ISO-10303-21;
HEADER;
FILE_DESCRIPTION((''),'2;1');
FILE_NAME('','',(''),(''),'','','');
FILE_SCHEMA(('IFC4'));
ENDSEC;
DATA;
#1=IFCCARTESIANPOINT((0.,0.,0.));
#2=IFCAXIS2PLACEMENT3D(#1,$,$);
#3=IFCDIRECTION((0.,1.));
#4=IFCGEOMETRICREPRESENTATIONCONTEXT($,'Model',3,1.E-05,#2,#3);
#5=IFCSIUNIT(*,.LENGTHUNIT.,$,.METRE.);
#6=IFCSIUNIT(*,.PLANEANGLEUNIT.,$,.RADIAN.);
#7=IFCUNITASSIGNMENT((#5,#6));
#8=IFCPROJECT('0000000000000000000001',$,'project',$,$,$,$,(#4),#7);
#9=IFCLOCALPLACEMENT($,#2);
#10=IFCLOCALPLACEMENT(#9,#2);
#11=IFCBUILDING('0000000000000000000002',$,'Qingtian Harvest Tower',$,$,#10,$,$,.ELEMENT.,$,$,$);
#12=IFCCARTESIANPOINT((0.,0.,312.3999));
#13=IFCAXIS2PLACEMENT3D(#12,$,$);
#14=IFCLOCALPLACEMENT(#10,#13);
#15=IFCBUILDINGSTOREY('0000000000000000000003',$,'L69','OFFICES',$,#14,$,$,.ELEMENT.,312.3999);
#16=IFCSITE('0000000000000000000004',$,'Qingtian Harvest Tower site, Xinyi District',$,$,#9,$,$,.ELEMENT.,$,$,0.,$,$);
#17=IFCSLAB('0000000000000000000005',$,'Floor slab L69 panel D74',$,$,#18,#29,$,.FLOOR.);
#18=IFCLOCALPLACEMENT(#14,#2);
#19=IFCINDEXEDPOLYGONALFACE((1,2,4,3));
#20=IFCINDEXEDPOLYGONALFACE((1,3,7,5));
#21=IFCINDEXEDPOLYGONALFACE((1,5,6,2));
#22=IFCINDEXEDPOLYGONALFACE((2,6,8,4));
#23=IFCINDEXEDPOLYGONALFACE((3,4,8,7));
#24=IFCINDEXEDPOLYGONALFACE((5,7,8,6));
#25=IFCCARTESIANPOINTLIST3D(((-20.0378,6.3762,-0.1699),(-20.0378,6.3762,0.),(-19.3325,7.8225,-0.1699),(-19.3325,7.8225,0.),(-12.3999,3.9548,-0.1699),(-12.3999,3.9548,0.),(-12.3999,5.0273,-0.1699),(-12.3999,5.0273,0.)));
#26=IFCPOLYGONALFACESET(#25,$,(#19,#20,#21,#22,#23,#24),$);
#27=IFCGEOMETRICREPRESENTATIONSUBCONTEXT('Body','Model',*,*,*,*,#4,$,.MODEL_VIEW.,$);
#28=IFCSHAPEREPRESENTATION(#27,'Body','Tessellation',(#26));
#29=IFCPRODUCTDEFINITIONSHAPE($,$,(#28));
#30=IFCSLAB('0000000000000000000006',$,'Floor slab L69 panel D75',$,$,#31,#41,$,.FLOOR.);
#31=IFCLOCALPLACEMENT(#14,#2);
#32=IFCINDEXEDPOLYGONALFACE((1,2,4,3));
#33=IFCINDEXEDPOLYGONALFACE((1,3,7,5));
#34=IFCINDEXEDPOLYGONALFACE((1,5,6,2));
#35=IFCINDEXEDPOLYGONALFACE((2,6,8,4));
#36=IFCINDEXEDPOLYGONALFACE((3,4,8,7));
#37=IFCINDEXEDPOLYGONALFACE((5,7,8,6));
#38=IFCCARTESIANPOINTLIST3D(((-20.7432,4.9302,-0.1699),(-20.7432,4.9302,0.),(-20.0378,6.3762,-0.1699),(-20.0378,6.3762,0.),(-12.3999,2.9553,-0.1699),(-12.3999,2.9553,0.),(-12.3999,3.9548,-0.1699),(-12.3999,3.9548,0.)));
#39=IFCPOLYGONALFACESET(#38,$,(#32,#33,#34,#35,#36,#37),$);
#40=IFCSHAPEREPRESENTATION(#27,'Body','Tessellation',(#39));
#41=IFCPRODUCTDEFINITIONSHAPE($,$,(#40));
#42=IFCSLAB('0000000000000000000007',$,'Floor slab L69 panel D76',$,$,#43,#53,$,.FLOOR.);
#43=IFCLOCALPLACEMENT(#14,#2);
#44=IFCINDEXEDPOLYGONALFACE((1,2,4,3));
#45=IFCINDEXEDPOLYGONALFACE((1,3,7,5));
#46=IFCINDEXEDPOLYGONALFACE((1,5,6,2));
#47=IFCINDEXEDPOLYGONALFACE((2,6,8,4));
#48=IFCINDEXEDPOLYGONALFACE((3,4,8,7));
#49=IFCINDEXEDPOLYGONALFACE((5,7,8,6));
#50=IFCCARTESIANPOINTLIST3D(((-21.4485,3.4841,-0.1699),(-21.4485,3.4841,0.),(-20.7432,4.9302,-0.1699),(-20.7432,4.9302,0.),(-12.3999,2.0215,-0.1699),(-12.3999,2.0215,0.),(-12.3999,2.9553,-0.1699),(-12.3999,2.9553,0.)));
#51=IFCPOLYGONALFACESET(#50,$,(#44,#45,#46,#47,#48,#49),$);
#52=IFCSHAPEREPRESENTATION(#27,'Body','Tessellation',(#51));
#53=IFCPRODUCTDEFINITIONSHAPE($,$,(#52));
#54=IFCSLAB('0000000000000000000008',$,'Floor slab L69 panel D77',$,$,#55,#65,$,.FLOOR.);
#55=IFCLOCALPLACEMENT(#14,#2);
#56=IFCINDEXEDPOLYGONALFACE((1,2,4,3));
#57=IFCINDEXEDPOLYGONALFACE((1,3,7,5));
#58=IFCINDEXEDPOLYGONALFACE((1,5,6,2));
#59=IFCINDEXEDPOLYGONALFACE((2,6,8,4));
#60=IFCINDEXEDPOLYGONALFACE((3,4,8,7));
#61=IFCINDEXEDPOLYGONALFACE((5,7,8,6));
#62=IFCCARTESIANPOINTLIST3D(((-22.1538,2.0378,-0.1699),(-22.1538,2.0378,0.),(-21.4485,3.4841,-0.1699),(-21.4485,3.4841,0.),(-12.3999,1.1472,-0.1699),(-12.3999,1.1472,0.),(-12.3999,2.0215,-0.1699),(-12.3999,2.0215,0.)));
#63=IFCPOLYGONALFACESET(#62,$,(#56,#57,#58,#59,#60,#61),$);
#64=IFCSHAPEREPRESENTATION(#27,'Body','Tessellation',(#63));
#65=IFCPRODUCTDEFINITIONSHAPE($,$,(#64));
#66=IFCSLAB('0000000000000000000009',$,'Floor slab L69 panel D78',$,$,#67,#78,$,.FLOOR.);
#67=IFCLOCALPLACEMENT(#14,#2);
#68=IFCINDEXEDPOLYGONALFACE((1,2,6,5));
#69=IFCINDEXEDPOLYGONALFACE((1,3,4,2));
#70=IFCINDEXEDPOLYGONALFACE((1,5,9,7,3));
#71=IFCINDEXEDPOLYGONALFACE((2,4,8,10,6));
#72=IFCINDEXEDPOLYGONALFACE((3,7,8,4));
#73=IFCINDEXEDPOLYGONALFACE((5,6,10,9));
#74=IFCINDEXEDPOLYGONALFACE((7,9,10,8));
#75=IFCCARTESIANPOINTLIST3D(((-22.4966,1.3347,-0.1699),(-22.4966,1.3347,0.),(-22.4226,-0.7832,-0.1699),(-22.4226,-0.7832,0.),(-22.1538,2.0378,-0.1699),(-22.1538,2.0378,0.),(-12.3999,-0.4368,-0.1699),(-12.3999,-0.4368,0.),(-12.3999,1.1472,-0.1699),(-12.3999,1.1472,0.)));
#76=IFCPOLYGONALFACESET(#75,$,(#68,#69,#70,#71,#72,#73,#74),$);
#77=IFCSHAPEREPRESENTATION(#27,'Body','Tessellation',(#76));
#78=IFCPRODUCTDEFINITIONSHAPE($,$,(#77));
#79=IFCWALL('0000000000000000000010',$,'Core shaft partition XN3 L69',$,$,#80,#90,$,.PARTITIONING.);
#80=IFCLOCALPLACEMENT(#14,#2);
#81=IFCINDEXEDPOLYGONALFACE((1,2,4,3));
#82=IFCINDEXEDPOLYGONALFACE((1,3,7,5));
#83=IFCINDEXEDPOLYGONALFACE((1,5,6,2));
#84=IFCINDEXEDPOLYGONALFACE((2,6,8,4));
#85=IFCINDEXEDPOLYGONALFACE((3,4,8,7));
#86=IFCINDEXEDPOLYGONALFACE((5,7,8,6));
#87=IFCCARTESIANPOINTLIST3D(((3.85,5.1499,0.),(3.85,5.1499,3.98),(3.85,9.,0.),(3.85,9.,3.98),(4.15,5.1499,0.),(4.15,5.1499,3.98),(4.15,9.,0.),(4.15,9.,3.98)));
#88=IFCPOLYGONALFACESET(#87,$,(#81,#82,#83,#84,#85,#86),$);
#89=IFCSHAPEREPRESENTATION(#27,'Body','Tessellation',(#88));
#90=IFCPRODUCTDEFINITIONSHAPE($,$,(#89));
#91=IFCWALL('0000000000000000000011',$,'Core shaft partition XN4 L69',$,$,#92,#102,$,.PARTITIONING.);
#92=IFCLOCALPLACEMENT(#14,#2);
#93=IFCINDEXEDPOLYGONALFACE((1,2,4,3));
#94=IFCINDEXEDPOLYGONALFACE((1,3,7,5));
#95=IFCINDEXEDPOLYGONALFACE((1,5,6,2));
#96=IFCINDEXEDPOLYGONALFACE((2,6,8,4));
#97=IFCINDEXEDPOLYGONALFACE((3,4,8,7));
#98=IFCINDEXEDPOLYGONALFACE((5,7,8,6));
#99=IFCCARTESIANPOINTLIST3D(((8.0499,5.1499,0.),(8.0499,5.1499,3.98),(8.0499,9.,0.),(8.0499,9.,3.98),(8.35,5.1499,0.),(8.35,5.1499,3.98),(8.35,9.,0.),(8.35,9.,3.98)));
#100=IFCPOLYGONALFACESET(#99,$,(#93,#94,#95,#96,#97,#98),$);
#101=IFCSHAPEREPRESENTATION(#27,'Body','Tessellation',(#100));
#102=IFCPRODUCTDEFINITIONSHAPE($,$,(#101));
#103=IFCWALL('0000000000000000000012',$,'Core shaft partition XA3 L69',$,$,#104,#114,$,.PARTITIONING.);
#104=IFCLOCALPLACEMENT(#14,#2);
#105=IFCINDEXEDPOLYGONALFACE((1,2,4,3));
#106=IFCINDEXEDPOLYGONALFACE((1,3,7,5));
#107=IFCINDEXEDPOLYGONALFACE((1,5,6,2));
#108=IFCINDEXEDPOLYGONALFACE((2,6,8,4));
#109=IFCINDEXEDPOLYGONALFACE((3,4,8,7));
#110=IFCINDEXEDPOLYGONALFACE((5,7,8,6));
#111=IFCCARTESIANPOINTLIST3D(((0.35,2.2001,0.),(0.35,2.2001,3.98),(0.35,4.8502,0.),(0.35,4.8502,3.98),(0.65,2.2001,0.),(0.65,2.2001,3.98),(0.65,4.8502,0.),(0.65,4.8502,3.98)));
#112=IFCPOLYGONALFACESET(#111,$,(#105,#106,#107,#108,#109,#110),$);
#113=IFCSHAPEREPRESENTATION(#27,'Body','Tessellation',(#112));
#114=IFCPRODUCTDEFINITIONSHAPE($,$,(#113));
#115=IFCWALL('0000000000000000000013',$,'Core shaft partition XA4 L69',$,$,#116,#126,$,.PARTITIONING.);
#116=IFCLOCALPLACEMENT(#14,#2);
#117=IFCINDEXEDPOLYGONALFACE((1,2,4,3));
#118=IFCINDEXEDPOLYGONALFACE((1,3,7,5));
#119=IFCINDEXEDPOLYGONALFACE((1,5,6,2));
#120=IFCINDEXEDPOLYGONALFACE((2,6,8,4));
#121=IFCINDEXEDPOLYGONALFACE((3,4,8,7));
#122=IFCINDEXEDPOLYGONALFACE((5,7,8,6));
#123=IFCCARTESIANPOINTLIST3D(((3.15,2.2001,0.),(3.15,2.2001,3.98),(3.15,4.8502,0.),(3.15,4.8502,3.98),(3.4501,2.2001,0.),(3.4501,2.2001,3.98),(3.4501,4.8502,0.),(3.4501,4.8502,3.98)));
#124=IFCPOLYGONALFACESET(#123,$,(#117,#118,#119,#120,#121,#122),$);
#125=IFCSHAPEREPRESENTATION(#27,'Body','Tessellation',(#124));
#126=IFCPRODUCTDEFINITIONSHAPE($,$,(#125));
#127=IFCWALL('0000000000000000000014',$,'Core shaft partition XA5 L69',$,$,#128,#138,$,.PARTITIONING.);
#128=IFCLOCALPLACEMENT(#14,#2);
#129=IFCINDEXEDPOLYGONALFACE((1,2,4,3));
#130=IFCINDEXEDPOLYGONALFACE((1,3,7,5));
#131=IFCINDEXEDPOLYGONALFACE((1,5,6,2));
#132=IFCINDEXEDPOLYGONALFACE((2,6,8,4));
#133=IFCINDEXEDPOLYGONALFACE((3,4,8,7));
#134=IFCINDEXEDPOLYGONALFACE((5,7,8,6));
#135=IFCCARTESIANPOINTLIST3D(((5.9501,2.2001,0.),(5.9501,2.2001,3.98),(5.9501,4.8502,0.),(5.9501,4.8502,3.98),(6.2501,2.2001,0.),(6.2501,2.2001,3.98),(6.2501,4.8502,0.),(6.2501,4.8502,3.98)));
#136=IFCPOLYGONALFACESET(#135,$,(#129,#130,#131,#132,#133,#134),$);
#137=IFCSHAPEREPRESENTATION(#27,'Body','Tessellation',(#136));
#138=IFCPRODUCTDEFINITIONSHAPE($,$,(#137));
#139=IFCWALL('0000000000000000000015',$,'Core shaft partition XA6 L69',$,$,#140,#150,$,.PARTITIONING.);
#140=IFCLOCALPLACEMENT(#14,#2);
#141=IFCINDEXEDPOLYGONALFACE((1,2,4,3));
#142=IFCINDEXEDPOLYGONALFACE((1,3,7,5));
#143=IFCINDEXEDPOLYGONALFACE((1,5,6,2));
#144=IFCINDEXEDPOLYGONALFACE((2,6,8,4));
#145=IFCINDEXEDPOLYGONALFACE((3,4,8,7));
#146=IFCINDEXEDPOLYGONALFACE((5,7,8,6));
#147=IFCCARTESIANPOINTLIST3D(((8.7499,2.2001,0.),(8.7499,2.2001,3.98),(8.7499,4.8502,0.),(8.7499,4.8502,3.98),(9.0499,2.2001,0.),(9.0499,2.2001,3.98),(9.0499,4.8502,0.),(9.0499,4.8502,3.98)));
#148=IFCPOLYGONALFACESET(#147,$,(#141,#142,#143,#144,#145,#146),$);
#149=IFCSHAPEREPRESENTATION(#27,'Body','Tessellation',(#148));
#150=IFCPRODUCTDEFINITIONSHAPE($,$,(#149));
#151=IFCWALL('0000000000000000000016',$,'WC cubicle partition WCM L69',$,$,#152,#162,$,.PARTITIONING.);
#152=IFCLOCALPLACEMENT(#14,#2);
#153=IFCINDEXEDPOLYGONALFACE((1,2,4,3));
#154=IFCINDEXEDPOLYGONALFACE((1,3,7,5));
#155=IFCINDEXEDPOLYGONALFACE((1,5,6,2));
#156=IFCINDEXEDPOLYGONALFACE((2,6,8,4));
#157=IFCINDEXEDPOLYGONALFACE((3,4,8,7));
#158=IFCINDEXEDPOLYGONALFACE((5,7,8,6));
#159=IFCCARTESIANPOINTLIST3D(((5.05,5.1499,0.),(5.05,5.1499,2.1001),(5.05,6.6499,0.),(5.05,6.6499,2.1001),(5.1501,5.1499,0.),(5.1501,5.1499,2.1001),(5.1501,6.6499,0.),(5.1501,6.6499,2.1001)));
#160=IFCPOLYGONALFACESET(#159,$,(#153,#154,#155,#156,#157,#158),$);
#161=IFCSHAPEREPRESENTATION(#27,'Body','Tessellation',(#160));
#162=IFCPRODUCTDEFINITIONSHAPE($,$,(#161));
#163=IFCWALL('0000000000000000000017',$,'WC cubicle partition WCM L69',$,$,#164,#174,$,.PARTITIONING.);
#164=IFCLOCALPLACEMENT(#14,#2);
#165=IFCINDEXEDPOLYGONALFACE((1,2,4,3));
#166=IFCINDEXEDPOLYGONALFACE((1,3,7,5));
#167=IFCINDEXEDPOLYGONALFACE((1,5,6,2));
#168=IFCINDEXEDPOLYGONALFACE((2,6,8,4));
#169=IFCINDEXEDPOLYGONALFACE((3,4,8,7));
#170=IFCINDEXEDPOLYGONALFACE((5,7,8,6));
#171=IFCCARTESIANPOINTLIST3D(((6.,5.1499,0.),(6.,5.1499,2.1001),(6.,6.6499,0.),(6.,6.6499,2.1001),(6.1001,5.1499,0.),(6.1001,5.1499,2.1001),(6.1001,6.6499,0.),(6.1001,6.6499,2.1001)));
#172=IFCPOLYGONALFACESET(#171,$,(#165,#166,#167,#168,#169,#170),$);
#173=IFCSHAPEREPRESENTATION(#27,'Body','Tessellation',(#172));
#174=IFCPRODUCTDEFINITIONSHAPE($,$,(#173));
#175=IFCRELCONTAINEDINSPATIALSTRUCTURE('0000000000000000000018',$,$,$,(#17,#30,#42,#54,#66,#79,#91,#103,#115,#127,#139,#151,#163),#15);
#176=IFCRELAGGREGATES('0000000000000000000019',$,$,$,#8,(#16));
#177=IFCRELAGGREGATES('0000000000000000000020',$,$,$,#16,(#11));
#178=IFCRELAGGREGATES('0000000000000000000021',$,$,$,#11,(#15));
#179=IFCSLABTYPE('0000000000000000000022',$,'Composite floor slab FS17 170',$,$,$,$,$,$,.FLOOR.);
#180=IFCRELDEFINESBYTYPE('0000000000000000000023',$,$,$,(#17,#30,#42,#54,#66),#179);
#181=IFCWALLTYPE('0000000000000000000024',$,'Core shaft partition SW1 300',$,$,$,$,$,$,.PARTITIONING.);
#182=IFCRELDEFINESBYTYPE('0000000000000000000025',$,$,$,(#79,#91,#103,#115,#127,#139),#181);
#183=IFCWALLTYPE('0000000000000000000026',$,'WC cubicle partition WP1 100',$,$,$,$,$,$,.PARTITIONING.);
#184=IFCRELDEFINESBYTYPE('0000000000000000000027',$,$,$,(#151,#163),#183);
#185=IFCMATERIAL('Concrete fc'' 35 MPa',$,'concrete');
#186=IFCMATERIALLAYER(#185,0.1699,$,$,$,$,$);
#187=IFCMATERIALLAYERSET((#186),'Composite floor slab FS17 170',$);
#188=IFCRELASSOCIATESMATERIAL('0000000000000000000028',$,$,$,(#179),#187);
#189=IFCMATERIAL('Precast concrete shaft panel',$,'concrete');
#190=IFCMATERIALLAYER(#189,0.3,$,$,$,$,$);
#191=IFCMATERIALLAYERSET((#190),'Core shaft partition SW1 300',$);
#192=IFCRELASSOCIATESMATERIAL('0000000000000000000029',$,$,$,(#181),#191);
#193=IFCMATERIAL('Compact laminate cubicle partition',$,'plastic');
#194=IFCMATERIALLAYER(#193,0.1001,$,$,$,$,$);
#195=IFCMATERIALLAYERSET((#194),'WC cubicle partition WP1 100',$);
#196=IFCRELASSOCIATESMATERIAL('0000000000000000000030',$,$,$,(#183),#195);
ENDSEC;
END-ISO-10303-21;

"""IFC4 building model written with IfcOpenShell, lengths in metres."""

from ifc_helpers import new_model, si_unit, direction, frame, frame_2d, origin, place, context, subcontext, project, spatial, polyline, rectangle, outline, extrude, material, layer, layer_set, type_object, element, save


model = new_model("IFC4")

# Units and contexts
model_context = context("Model", 3, precision=1e-05, world=origin(), true_north=direction((0.0, 1.0)))
body_context = subcontext(model_context, "Body", "Model", "MODEL_VIEW")
ifc_project = project(units=[si_unit("LENGTHUNIT", "METRE"), si_unit("PLANEANGLEUNIT", "RADIAN")], contexts=[model_context])

# Site, building, storey
site_placement = place(None, origin())
site = spatial("IfcSite", under=ifc_project, at=site_placement, Name="Qingtian Harvest Tower site, Xinyi District", CompositionType="ELEMENT", RefElevation=0.0)
building_placement = place(site_placement, origin())
building = spatial("IfcBuilding", under=site, at=building_placement, Name="Qingtian Harvest Tower", CompositionType="ELEMENT")
storey_placement = place(building_placement, frame((0.0, 0.0, 312.3999)))
storey = spatial("IfcBuildingStorey", under=building, at=storey_placement, Name="L69", Description="OFFICES", CompositionType="ELEMENT", Elevation=312.3999)

# Slabs
ifc_material_1 = material(Name="Concrete fc' 35 MPa", Category="concrete")
ifc_layer_1 = layer(ifc_material_1, 0.1699)
ifc_layer_set_1 = layer_set([ifc_layer_1], Name="Composite floor slab FS17 170")
slab_type = type_object("IfcSlabType", Name="Composite floor slab FS17 170", PredefinedType="FLOOR", material=ifc_layer_set_1)
slab_1_placement = place(storey_placement, frame((0.0, 0.0, -0.1699)))
element("IfcSlab", 1, at=slab_1_placement, inside=storey, type_object=slab_type, Name="Floor slab L69 panel D74", PredefinedType="FLOOR", context=body_context, shape_type="SweptSolid", body=[
    extrude(outline(polyline([(-12.3999, 3.9548), (-20.0378, 6.3762), (-19.3325, 7.8225), (-12.3999, 5.0273), (-12.3999, 3.9548)])), origin(), (0.0, 0.0, 1.0), 0.1699),
])
slab_2_placement = place(storey_placement, frame((0.0, 0.0, -0.1699)))
element("IfcSlab", 2, at=slab_2_placement, inside=storey, type_object=slab_type, Name="Floor slab L69 panel D75", PredefinedType="FLOOR", context=body_context, shape_type="SweptSolid", body=[
    extrude(outline(polyline([(-12.3999, 2.9553), (-20.7432, 4.9302), (-20.0378, 6.3762), (-12.3999, 3.9548), (-12.3999, 2.9553)])), origin(), (0.0, 0.0, 1.0), 0.1699),
])
slab_3_placement = place(storey_placement, frame((0.0, 0.0, -0.1699)))
element("IfcSlab", 3, at=slab_3_placement, inside=storey, type_object=slab_type, Name="Floor slab L69 panel D76", PredefinedType="FLOOR", context=body_context, shape_type="SweptSolid", body=[
    extrude(outline(polyline([(-12.3999, 2.0215), (-21.4485, 3.4841), (-20.7432, 4.9302), (-12.3999, 2.9553), (-12.3999, 2.0215)])), origin(), (0.0, 0.0, 1.0), 0.1699),
])
slab_4_placement = place(storey_placement, frame((0.0, 0.0, -0.1699)))
element("IfcSlab", 4, at=slab_4_placement, inside=storey, type_object=slab_type, Name="Floor slab L69 panel D77", PredefinedType="FLOOR", context=body_context, shape_type="SweptSolid", body=[
    extrude(outline(polyline([(-12.3999, 1.1472), (-22.1538, 2.0378), (-21.4485, 3.4841), (-12.3999, 2.0215), (-12.3999, 1.1472)])), origin(), (0.0, 0.0, 1.0), 0.1699),
])
slab_5_placement = place(storey_placement, frame((0.0, 0.0, -0.1699)))
element("IfcSlab", 5, at=slab_5_placement, inside=storey, type_object=slab_type, Name="Floor slab L69 panel D78", PredefinedType="FLOOR", context=body_context, shape_type="SweptSolid", body=[
    extrude(outline(polyline([(-12.3999, 1.1472), (-12.3999, -0.4368), (-22.4226, -0.7832), (-22.4966, 1.3347), (-22.1538, 2.0378), (-12.3999, 1.1472)])), origin(), (0.0, 0.0, 1.0), 0.1699),
])

# Shared definitions
ifc_material_2 = material(Name="Precast concrete shaft panel", Category="concrete")
ifc_layer_2 = layer(ifc_material_2, 0.3)
ifc_layer_set_2 = layer_set([ifc_layer_2], Name="Core shaft partition SW1 300")
wall_type_1 = type_object("IfcWallType", Name="Core shaft partition SW1 300", PredefinedType="PARTITIONING", material=ifc_layer_set_2)

# Walls
for number, where, z_axis, x_axis, name in (
    (6, (4.0, 5.1499, 0.0), (0.0, 0.0, 1.0), (0.0, 1.0, 0.0), "Core shaft partition XN3 L69"),
    (7, (8.2, 5.1499, 0.0), (0.0, 0.0, 1.0), (0.0, 1.0, 0.0), "Core shaft partition XN4 L69"),
):
    element("IfcWall", number, at=place(storey_placement, frame(where, z_axis=z_axis, x_axis=x_axis)), inside=storey, type_object=wall_type_1, Name=name, PredefinedType="PARTITIONING", context=body_context, shape_type="SweptSolid", body=[
        extrude(rectangle(XDim=3.8501, YDim=0.3, at=frame_2d((1.925, 0.0))), origin(), (0.0, 0.0, 1.0), 3.98),
    ])
for number, where, z_axis, x_axis, name in (
    (8, (0.5, 2.2, 0.0), (0.0, 0.0, 1.0), (0.0, 1.0, 0.0), "Core shaft partition XA3 L69"),
    (9, (3.3, 2.2, 0.0), (0.0, 0.0, 1.0), (0.0, 1.0, 0.0), "Core shaft partition XA4 L69"),
    (10, (6.1001, 2.2, 0.0), (0.0, 0.0, 1.0), (0.0, 1.0, 0.0), "Core shaft partition XA5 L69"),
    (11, (8.8999, 2.2, 0.0), (0.0, 0.0, 1.0), (0.0, 1.0, 0.0), "Core shaft partition XA6 L69"),
):
    element("IfcWall", number, at=place(storey_placement, frame(where, z_axis=z_axis, x_axis=x_axis)), inside=storey, type_object=wall_type_1, Name=name, PredefinedType="PARTITIONING", context=body_context, shape_type="SweptSolid", body=[
        extrude(rectangle(XDim=2.6501, YDim=0.3, at=frame_2d((1.3252, 0.0))), origin(), (0.0, 0.0, 1.0), 3.98),
    ])

# Walls
ifc_material_3 = material(Name="Compact laminate cubicle partition", Category="plastic")
ifc_layer_3 = layer(ifc_material_3, 0.1001)
ifc_layer_set_3 = layer_set([ifc_layer_3], Name="WC cubicle partition WP1 100")
wall_type_2 = type_object("IfcWallType", Name="WC cubicle partition WP1 100", PredefinedType="PARTITIONING", material=ifc_layer_set_3)
for number, where, z_axis, x_axis, name in (
    (12, (5.1001, 5.1499, 0.0), (0.0, 0.0, 1.0), (0.0, 1.0, 0.0), "WC cubicle partition WCM L69"),
    (13, (6.05, 5.1499, 0.0), (0.0, 0.0, 1.0), (0.0, 1.0, 0.0), "WC cubicle partition WCM L69"),
):
    element("IfcWall", number, at=place(storey_placement, frame(where, z_axis=z_axis, x_axis=x_axis)), inside=storey, type_object=wall_type_2, Name=name, PredefinedType="PARTITIONING", context=body_context, shape_type="SweptSolid", body=[
        extrude(rectangle(XDim=1.5, YDim=0.1001, at=frame_2d((0.75, 0.0))), origin(), (0.0, 0.0, 1.0), 2.1001),
    ])

save(model, "model.ifc")
